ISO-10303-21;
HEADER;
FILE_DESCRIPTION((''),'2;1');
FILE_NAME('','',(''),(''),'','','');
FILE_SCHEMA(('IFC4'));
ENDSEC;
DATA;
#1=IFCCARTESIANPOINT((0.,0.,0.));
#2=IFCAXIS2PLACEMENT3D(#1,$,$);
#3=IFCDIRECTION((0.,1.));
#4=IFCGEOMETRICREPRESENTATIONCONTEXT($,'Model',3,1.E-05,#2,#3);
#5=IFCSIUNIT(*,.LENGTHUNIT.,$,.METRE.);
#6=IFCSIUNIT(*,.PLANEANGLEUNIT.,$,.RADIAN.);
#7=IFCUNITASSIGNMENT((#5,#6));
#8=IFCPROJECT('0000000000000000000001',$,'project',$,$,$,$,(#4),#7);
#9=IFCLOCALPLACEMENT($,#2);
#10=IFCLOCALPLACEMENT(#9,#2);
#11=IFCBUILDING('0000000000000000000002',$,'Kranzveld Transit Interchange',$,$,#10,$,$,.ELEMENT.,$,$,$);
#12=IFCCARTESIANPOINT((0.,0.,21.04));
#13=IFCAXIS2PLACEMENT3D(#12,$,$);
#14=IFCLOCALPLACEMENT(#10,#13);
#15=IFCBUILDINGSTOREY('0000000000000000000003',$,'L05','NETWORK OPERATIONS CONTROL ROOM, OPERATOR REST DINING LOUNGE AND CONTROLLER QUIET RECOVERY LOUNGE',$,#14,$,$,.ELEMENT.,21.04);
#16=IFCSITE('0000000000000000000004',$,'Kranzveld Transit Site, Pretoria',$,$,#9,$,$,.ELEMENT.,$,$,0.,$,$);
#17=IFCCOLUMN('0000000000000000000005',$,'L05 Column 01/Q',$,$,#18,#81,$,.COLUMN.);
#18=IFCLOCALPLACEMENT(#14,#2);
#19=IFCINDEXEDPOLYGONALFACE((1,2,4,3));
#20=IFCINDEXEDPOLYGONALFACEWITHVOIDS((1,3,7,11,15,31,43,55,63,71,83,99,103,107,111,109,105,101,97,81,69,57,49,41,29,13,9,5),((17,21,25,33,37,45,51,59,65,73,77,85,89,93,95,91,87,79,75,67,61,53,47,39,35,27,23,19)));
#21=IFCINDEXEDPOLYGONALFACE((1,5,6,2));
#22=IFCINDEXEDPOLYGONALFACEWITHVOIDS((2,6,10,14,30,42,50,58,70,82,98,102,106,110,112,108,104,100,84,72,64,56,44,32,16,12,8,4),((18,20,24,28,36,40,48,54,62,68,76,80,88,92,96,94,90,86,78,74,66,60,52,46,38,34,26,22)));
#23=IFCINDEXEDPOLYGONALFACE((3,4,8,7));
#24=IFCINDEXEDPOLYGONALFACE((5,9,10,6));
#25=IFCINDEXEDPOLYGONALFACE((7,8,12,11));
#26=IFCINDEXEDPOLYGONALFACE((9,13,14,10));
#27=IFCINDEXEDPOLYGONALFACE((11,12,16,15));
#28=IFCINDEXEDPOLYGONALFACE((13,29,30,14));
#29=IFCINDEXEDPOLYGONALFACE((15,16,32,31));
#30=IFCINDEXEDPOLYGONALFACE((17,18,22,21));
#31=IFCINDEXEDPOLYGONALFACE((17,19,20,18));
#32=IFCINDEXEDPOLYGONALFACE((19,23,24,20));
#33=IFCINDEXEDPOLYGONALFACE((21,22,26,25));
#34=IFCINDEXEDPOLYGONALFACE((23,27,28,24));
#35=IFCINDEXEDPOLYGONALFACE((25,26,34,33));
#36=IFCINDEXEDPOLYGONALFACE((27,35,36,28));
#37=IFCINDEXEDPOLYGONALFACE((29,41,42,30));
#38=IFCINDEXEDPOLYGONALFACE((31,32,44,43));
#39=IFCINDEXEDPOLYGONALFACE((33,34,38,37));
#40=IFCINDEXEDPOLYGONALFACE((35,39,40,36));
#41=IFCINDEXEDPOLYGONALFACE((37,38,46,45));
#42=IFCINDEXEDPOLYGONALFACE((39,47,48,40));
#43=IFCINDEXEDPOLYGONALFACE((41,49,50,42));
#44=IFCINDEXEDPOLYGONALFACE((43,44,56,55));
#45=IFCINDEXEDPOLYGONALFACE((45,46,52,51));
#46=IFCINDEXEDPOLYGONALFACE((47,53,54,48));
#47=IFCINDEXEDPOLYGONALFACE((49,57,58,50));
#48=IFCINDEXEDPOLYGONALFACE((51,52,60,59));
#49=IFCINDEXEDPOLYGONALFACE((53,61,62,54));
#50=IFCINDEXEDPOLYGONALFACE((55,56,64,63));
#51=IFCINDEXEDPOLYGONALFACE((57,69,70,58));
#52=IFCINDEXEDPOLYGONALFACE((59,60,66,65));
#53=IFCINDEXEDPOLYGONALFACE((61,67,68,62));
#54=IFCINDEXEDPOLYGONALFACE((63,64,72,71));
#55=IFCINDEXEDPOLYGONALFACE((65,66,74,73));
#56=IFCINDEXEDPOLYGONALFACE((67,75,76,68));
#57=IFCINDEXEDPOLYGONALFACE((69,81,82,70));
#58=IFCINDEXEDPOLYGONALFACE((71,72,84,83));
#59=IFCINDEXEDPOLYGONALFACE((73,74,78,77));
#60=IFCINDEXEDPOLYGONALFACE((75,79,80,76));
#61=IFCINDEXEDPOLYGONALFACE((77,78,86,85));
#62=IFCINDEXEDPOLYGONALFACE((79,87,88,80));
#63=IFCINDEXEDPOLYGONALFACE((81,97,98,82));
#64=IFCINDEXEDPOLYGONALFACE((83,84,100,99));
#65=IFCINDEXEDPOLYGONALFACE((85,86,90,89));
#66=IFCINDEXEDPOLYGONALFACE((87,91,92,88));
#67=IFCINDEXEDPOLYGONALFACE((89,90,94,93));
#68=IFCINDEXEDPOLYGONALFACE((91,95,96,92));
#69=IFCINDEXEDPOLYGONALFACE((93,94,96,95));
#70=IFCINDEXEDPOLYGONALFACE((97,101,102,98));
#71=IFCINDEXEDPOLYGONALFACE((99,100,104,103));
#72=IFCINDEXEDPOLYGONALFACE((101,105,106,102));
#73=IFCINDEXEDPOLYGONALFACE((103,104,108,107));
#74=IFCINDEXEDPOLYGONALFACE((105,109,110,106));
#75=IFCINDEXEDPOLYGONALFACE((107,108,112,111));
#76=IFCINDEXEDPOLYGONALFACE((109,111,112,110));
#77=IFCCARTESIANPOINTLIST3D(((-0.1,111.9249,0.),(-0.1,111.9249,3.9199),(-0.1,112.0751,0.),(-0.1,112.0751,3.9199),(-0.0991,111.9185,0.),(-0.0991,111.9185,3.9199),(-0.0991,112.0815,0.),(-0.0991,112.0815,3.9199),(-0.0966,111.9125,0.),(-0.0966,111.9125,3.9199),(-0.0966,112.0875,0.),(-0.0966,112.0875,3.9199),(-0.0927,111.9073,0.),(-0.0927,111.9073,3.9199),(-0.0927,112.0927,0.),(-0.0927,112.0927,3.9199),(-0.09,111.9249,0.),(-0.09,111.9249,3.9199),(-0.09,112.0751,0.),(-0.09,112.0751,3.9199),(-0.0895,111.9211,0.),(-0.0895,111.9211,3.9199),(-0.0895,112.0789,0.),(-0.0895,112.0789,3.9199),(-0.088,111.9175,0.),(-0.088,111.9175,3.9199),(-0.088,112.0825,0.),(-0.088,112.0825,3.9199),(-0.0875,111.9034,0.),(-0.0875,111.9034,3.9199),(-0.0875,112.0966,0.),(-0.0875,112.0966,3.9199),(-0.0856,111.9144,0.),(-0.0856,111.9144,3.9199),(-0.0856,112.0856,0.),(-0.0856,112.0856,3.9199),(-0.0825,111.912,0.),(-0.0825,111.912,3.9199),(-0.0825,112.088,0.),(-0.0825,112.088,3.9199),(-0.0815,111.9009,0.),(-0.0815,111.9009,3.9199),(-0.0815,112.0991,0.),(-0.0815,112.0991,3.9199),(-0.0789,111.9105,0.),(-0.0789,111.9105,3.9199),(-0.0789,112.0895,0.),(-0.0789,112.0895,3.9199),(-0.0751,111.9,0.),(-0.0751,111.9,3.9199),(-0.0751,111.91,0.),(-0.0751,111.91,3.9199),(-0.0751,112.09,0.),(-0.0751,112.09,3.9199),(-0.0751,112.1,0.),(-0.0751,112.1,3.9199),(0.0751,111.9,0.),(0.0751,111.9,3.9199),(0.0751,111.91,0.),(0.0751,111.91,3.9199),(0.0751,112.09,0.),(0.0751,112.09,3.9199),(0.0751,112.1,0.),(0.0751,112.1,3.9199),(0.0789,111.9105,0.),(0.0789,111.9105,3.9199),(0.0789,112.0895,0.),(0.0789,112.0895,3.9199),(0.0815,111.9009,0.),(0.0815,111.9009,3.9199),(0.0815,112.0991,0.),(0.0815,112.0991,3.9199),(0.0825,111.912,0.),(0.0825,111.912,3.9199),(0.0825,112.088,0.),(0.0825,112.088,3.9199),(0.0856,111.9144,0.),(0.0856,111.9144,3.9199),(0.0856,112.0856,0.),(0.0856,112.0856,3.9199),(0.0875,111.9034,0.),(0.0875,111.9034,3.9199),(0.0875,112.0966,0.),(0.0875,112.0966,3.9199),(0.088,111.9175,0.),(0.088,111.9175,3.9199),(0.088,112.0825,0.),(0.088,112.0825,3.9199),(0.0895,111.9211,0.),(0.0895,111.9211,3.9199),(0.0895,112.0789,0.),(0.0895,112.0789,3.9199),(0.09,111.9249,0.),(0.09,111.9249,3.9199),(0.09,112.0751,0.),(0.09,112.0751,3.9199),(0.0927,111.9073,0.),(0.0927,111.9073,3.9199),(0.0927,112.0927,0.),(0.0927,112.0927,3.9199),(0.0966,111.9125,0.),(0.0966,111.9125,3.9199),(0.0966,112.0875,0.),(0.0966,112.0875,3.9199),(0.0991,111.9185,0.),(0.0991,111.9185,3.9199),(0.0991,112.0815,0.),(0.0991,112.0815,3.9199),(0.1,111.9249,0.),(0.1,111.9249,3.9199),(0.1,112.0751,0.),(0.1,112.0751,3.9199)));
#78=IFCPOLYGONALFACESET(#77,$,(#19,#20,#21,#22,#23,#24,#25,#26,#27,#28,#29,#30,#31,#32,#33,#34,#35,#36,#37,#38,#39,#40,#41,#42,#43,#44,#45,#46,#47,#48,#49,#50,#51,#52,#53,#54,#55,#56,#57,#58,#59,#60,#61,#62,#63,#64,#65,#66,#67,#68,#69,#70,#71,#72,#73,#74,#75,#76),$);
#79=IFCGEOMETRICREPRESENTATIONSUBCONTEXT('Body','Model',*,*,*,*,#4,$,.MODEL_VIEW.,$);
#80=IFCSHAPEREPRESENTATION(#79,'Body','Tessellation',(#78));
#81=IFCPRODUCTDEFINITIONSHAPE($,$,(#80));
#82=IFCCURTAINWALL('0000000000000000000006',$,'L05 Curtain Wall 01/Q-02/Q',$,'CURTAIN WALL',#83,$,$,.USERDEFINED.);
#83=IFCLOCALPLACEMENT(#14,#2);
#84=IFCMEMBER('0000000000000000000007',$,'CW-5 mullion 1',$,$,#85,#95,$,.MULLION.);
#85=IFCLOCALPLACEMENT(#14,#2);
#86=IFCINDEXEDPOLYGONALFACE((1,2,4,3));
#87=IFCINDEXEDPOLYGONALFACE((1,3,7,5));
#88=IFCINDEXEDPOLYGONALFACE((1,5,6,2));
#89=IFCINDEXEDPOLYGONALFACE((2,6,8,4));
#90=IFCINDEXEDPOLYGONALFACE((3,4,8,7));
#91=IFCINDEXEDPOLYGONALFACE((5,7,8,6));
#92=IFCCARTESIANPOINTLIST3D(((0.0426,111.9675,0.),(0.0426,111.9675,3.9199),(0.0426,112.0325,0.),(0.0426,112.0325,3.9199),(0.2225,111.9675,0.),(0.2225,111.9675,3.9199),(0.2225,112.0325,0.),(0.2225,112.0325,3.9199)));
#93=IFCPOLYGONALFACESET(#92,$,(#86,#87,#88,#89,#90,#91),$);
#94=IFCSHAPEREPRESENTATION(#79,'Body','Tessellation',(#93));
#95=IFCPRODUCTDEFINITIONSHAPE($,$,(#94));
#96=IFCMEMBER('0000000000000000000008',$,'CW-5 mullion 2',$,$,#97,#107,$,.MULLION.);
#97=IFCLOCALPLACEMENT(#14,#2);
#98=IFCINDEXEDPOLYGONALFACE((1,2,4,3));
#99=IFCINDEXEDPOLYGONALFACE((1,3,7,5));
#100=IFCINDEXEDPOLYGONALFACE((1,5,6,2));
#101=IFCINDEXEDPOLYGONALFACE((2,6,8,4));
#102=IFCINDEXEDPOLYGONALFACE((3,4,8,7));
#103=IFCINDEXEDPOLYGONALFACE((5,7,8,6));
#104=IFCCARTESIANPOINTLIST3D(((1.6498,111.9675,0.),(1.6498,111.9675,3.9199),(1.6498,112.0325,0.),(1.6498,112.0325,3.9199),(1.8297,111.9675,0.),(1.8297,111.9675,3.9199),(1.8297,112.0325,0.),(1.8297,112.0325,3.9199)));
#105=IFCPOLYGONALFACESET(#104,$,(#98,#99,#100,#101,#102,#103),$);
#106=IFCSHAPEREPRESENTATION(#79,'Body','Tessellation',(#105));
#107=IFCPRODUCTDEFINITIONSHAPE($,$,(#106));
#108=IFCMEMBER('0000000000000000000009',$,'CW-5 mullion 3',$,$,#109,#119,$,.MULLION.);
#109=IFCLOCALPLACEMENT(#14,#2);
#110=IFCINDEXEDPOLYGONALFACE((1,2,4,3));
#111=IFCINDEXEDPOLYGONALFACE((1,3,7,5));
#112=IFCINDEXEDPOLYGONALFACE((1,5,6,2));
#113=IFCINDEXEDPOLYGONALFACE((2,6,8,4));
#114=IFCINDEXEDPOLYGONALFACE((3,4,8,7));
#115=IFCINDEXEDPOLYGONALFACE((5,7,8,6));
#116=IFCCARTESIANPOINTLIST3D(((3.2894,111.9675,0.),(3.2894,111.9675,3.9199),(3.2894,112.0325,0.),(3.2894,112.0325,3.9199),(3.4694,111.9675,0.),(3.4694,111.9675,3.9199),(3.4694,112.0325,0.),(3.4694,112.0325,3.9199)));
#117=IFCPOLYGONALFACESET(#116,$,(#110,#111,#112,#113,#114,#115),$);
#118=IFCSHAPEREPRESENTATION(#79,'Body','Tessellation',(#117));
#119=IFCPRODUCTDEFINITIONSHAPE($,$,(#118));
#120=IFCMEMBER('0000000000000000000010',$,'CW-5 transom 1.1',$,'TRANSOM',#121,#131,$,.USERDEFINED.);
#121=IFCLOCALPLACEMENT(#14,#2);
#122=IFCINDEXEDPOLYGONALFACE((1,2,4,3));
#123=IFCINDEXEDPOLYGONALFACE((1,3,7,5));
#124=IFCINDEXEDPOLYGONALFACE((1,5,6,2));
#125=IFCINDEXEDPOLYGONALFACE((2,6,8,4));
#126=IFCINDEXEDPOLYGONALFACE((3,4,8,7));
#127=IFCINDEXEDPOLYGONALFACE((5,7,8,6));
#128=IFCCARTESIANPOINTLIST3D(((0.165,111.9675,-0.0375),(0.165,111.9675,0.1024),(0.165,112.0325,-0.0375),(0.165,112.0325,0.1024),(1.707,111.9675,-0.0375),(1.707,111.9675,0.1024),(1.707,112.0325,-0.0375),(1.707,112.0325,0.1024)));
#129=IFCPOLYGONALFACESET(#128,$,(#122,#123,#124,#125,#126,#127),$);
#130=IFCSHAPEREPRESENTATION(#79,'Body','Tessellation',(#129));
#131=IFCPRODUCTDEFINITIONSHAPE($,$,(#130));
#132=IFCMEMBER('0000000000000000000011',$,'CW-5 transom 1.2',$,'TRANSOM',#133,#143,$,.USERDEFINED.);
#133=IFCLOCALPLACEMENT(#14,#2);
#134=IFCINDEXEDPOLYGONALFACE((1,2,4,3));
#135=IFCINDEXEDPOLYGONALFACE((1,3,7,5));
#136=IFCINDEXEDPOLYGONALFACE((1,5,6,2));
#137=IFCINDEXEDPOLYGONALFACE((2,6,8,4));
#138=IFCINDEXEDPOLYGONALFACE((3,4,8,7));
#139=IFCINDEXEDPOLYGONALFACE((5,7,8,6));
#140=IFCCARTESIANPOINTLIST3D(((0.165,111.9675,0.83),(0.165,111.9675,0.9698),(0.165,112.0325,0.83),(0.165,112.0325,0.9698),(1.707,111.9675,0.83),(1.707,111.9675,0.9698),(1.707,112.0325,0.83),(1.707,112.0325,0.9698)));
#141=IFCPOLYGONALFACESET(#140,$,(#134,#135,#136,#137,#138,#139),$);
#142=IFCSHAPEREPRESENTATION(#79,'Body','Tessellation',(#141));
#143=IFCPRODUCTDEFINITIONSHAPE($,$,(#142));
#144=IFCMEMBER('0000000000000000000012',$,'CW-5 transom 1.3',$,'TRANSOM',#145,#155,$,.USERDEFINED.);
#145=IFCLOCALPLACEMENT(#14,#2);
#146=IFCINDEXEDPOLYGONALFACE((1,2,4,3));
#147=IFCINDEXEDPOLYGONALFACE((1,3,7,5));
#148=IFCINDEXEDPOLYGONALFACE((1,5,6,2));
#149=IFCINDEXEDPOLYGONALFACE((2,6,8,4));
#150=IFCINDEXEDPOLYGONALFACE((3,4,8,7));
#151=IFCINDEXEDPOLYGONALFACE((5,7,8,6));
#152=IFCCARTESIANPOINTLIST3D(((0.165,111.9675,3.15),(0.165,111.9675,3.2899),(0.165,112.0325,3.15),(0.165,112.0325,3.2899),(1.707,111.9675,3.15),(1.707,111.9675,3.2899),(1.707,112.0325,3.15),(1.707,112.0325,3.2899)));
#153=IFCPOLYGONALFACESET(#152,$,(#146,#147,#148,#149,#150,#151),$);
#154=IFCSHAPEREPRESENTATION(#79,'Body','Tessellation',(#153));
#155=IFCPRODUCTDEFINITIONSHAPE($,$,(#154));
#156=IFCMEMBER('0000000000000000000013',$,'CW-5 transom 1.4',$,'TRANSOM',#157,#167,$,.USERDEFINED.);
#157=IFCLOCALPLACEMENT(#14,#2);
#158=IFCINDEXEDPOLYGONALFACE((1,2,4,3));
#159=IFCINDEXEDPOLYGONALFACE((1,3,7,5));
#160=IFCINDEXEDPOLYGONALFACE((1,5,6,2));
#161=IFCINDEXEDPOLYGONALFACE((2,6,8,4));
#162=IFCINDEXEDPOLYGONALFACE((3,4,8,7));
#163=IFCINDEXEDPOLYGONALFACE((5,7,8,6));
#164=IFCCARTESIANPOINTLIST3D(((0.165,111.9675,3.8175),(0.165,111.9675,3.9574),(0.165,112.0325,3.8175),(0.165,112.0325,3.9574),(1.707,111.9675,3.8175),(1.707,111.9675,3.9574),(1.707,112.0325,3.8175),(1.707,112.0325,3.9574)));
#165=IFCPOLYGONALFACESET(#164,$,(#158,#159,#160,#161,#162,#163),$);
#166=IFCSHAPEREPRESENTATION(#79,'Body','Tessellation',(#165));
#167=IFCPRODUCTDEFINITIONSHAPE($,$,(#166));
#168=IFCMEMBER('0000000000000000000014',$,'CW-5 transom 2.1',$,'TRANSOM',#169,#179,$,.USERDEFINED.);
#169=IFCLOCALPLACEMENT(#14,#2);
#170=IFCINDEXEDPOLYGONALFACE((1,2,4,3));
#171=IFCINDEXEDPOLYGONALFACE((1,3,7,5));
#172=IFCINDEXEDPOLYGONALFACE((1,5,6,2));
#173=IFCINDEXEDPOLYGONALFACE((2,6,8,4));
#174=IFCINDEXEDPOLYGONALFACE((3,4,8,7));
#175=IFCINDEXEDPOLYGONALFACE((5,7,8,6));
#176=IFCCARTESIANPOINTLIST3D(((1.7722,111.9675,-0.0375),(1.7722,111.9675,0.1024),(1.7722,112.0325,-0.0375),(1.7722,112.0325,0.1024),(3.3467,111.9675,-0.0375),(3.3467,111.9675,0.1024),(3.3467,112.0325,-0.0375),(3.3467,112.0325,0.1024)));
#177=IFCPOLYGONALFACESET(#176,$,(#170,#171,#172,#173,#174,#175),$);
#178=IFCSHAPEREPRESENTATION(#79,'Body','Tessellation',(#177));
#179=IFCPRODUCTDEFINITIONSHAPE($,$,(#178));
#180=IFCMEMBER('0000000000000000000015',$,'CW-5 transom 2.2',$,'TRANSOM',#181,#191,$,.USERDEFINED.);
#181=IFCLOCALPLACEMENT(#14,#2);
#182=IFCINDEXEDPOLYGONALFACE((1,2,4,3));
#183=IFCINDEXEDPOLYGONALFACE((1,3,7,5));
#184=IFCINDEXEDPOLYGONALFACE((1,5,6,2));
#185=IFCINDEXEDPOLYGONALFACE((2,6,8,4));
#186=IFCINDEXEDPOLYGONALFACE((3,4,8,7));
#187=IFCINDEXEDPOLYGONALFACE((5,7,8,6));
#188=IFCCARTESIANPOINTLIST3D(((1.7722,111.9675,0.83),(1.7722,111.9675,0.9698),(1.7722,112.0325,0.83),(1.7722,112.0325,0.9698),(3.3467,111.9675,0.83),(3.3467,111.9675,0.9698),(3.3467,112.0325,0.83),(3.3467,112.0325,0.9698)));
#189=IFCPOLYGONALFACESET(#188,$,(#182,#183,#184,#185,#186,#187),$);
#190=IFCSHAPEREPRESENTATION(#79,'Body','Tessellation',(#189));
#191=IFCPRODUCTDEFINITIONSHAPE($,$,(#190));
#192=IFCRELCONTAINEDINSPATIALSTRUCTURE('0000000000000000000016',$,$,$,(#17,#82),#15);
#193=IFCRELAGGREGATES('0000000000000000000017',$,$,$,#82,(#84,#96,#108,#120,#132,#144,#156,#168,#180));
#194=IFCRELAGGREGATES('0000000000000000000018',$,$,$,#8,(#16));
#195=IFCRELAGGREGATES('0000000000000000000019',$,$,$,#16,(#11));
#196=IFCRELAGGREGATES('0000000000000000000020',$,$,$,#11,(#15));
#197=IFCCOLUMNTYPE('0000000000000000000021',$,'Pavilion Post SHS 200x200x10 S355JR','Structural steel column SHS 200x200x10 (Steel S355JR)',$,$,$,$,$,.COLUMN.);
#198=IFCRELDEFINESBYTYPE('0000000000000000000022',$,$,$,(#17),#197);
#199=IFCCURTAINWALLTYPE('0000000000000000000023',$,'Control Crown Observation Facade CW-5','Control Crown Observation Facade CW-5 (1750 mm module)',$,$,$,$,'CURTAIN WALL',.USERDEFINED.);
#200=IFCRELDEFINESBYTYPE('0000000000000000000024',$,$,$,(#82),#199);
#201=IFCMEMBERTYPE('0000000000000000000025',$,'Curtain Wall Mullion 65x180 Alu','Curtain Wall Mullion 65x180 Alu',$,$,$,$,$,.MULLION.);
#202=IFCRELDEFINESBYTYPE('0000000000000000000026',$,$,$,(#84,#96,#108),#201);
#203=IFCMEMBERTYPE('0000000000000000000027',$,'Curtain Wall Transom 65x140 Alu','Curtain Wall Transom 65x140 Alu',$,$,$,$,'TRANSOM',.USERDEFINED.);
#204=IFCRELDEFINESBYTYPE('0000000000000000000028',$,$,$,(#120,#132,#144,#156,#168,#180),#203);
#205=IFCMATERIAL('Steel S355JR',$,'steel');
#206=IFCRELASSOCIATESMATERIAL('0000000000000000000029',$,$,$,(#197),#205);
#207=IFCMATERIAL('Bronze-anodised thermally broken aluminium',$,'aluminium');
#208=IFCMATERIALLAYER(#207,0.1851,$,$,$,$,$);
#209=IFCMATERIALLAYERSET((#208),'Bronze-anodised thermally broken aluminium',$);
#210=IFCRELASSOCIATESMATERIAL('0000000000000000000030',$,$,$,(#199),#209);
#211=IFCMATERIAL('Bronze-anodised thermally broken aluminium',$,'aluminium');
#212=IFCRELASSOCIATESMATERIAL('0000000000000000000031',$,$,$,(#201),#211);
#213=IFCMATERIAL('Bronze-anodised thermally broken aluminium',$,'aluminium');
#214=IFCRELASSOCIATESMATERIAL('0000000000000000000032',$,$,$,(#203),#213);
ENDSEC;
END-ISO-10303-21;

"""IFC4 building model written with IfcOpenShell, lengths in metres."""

from ifc_helpers import new_model, si_unit, direction, frame, origin, origin_2d, place, context, subcontext, project, spatial, rectangle, hollow_rectangle, extrude, material, layer, layer_set, material_profile, profile_set, type_object, element, aggregate, save


model = new_model("IFC4")

# Units and contexts
model_context = context("Model", 3, precision=1e-05, world=origin(), true_north=direction((0.0, 1.0)))
body_context = subcontext(model_context, "Body", "Model", "MODEL_VIEW")
ifc_project = project(units=[si_unit("LENGTHUNIT", "METRE"), si_unit("PLANEANGLEUNIT", "RADIAN")], contexts=[model_context])

# Site, building, storey
site_placement = place(None, origin())
site = spatial("IfcSite", under=ifc_project, at=site_placement, Name="Kranzveld Transit Site, Pretoria", CompositionType="ELEMENT", RefElevation=0.0)
building_placement = place(site_placement, origin())
building = spatial("IfcBuilding", under=site, at=building_placement, Name="Kranzveld Transit Interchange", CompositionType="ELEMENT")
storey_placement = place(building_placement, frame((0.0, 0.0, 21.04)))
storey = spatial("IfcBuildingStorey", under=building, at=storey_placement, Name="L05", Description="NETWORK OPERATIONS CONTROL ROOM, OPERATOR REST DINING LOUNGE AND CONTROLLER QUIET RECOVERY LOUNGE", CompositionType="ELEMENT", Elevation=21.04)

# Column
ifc_material_1 = material(Name="Steel S355JR", Category="steel")
ifc_material_profile_1 = material_profile(ifc_material_1, hollow_rectangle(XDim=0.2, YDim=0.2, WallThickness=0.01, InnerFilletRadius=0.0149, OuterFilletRadius=0.0249, at=origin_2d()), Name="SHS 200x200x10")
ifc_profile_set_1 = profile_set([ifc_material_profile_1], Name="Steel S355JR")
column_type = type_object("IfcColumnType", Name="Pavilion Post SHS 200x200x10 S355JR", Description="Structural steel column SHS 200x200x10 (Steel S355JR)", PredefinedType="COLUMN", material=ifc_profile_set_1)
column_placement = place(storey_placement, frame((0.0, 112.0, 0.0), z_axis=(0.0, 0.0, 1.0), x_axis=(1.0, 0.0, 0.0)))
element("IfcColumn", 1, at=column_placement, inside=storey, type_object=column_type, Name="L05 Column 01/Q", PredefinedType="COLUMN", context=body_context, shape_type="SweptSolid", body=[
    extrude(hollow_rectangle(XDim=0.2, YDim=0.2, WallThickness=0.01, InnerFilletRadius=0.0149, OuterFilletRadius=0.0249, at=origin_2d()), origin(), (0.0, 0.0, 1.0), 3.9199),
])

# Curtain wall, members
ifc_material_2 = material(Name="Bronze-anodised thermally broken aluminium", Category="aluminium")
ifc_layer_1 = layer(ifc_material_2, 0.1851)
ifc_layer_set_1 = layer_set([ifc_layer_1], Name="Bronze-anodised thermally broken aluminium")
curtain_wall_type = type_object("IfcCurtainWallType", Name="Control Crown Observation Facade CW-5", Description="Control Crown Observation Facade CW-5 (1750 mm module)", ElementType="CURTAIN WALL", PredefinedType="USERDEFINED", material=ifc_layer_set_1)
curtain_wall_placement = place(storey_placement, origin())
curtain_wall = element("IfcCurtainWall", 2, at=curtain_wall_placement, inside=storey, type_object=curtain_wall_type, Name="L05 Curtain Wall 01/Q-02/Q", ObjectType="CURTAIN WALL", PredefinedType="USERDEFINED")
ifc_material_3 = material(Name="Bronze-anodised thermally broken aluminium", Category="aluminium")
ifc_material_profile_2 = material_profile(ifc_material_3, rectangle(XDim=0.0649, YDim=0.1799, at=origin_2d()), Name="ALU MULLION 65x180")
ifc_profile_set_2 = profile_set([ifc_material_profile_2], Name="Bronze-anodised thermally broken aluminium")
member_type_1 = type_object("IfcMemberType", Name="Curtain Wall Mullion 65x180 Alu", Description="Curtain Wall Mullion 65x180 Alu", PredefinedType="MULLION", material=ifc_profile_set_2)
member_1_placement = place(storey_placement, frame((0.1326, 112.0, 0.0), z_axis=(0.0, 0.0, 1.0), x_axis=(0.0, 1.0, 0.0)))
member_1 = element("IfcMember", 3, at=member_1_placement, type_object=member_type_1, Name="CW-5 mullion 1", PredefinedType="MULLION", context=body_context, shape_type="SweptSolid", body=[
    extrude(rectangle(XDim=0.0649, YDim=0.1799, at=origin_2d()), origin(), (0.0, 0.0, 1.0), 3.9199),
])
member_2_placement = place(storey_placement, frame((1.7397, 112.0, 0.0), z_axis=(0.0, 0.0, 1.0), x_axis=(0.0, 1.0, 0.0)))
member_2 = element("IfcMember", 4, at=member_2_placement, type_object=member_type_1, Name="CW-5 mullion 2", PredefinedType="MULLION", context=body_context, shape_type="SweptSolid", body=[
    extrude(rectangle(XDim=0.0649, YDim=0.1799, at=origin_2d()), origin(), (0.0, 0.0, 1.0), 3.9199),
])
member_3_placement = place(storey_placement, frame((3.3794, 112.0, 0.0), z_axis=(0.0, 0.0, 1.0), x_axis=(0.0, 1.0, 0.0)))
member_3 = element("IfcMember", 5, at=member_3_placement, type_object=member_type_1, Name="CW-5 mullion 3", PredefinedType="MULLION", context=body_context, shape_type="SweptSolid", body=[
    extrude(rectangle(XDim=0.0649, YDim=0.1799, at=origin_2d()), origin(), (0.0, 0.0, 1.0), 3.9199),
])
ifc_material_4 = material(Name="Bronze-anodised thermally broken aluminium", Category="aluminium")
ifc_material_profile_3 = material_profile(ifc_material_4, rectangle(XDim=0.0649, YDim=0.1399, at=origin_2d()), Name="ALU TRANSOM 65x140")
ifc_profile_set_3 = profile_set([ifc_material_profile_3], Name="Bronze-anodised thermally broken aluminium")
member_type_2 = type_object("IfcMemberType", Name="Curtain Wall Transom 65x140 Alu", Description="Curtain Wall Transom 65x140 Alu", ElementType="TRANSOM", PredefinedType="USERDEFINED", material=ifc_profile_set_3)
member_4_placement = place(storey_placement, frame((0.165, 112.0, 0.0325), z_axis=(1.0, 0.0, 0.0), x_axis=(0.0, 1.0, 0.0)))
member_4 = element("IfcMember", 6, at=member_4_placement, type_object=member_type_2, Name="CW-5 transom 1.1", ObjectType="TRANSOM", PredefinedType="USERDEFINED", context=body_context, shape_type="SweptSolid", body=[
    extrude(rectangle(XDim=0.0649, YDim=0.1399, at=origin_2d()), origin(), (0.0, 0.0, 1.0), 1.542),
])
member_5_placement = place(storey_placement, frame((0.165, 112.0, 0.8999), z_axis=(1.0, 0.0, 0.0), x_axis=(0.0, 1.0, 0.0)))
member_5 = element("IfcMember", 7, at=member_5_placement, type_object=member_type_2, Name="CW-5 transom 1.2", ObjectType="TRANSOM", PredefinedType="USERDEFINED", context=body_context, shape_type="SweptSolid", body=[
    extrude(rectangle(XDim=0.0649, YDim=0.1399, at=origin_2d()), origin(), (0.0, 0.0, 1.0), 1.542),
])
member_6_placement = place(storey_placement, frame((0.165, 112.0, 3.22), z_axis=(1.0, 0.0, 0.0), x_axis=(0.0, 1.0, 0.0)))
member_6 = element("IfcMember", 8, at=member_6_placement, type_object=member_type_2, Name="CW-5 transom 1.3", ObjectType="TRANSOM", PredefinedType="USERDEFINED", context=body_context, shape_type="SweptSolid", body=[
    extrude(rectangle(XDim=0.0649, YDim=0.1399, at=origin_2d()), origin(), (0.0, 0.0, 1.0), 1.542),
])
member_7_placement = place(storey_placement, frame((0.165, 112.0, 3.8875), z_axis=(1.0, 0.0, 0.0), x_axis=(0.0, 1.0, 0.0)))
member_7 = element("IfcMember", 9, at=member_7_placement, type_object=member_type_2, Name="CW-5 transom 1.4", ObjectType="TRANSOM", PredefinedType="USERDEFINED", context=body_context, shape_type="SweptSolid", body=[
    extrude(rectangle(XDim=0.0649, YDim=0.1399, at=origin_2d()), origin(), (0.0, 0.0, 1.0), 1.542),
])
member_8_placement = place(storey_placement, frame((1.7722, 112.0, 0.0325), z_axis=(1.0, 0.0, 0.0), x_axis=(0.0, 1.0, 0.0)))
member_8 = element("IfcMember", 10, at=member_8_placement, type_object=member_type_2, Name="CW-5 transom 2.1", ObjectType="TRANSOM", PredefinedType="USERDEFINED", context=body_context, shape_type="SweptSolid", body=[
    extrude(rectangle(XDim=0.0649, YDim=0.1399, at=origin_2d()), origin(), (0.0, 0.0, 1.0), 1.5745),
])
member_9_placement = place(storey_placement, frame((1.7722, 112.0, 0.8999), z_axis=(1.0, 0.0, 0.0), x_axis=(0.0, 1.0, 0.0)))
member_9 = element("IfcMember", 11, at=member_9_placement, type_object=member_type_2, Name="CW-5 transom 2.2", ObjectType="TRANSOM", PredefinedType="USERDEFINED", context=body_context, shape_type="SweptSolid", body=[
    extrude(rectangle(XDim=0.0649, YDim=0.1399, at=origin_2d()), origin(), (0.0, 0.0, 1.0), 1.5745),
])

aggregate(curtain_wall, [member_1, member_2, member_3, member_4, member_5, member_6, member_7, member_8, member_9])

save(model, "model.ifc")
